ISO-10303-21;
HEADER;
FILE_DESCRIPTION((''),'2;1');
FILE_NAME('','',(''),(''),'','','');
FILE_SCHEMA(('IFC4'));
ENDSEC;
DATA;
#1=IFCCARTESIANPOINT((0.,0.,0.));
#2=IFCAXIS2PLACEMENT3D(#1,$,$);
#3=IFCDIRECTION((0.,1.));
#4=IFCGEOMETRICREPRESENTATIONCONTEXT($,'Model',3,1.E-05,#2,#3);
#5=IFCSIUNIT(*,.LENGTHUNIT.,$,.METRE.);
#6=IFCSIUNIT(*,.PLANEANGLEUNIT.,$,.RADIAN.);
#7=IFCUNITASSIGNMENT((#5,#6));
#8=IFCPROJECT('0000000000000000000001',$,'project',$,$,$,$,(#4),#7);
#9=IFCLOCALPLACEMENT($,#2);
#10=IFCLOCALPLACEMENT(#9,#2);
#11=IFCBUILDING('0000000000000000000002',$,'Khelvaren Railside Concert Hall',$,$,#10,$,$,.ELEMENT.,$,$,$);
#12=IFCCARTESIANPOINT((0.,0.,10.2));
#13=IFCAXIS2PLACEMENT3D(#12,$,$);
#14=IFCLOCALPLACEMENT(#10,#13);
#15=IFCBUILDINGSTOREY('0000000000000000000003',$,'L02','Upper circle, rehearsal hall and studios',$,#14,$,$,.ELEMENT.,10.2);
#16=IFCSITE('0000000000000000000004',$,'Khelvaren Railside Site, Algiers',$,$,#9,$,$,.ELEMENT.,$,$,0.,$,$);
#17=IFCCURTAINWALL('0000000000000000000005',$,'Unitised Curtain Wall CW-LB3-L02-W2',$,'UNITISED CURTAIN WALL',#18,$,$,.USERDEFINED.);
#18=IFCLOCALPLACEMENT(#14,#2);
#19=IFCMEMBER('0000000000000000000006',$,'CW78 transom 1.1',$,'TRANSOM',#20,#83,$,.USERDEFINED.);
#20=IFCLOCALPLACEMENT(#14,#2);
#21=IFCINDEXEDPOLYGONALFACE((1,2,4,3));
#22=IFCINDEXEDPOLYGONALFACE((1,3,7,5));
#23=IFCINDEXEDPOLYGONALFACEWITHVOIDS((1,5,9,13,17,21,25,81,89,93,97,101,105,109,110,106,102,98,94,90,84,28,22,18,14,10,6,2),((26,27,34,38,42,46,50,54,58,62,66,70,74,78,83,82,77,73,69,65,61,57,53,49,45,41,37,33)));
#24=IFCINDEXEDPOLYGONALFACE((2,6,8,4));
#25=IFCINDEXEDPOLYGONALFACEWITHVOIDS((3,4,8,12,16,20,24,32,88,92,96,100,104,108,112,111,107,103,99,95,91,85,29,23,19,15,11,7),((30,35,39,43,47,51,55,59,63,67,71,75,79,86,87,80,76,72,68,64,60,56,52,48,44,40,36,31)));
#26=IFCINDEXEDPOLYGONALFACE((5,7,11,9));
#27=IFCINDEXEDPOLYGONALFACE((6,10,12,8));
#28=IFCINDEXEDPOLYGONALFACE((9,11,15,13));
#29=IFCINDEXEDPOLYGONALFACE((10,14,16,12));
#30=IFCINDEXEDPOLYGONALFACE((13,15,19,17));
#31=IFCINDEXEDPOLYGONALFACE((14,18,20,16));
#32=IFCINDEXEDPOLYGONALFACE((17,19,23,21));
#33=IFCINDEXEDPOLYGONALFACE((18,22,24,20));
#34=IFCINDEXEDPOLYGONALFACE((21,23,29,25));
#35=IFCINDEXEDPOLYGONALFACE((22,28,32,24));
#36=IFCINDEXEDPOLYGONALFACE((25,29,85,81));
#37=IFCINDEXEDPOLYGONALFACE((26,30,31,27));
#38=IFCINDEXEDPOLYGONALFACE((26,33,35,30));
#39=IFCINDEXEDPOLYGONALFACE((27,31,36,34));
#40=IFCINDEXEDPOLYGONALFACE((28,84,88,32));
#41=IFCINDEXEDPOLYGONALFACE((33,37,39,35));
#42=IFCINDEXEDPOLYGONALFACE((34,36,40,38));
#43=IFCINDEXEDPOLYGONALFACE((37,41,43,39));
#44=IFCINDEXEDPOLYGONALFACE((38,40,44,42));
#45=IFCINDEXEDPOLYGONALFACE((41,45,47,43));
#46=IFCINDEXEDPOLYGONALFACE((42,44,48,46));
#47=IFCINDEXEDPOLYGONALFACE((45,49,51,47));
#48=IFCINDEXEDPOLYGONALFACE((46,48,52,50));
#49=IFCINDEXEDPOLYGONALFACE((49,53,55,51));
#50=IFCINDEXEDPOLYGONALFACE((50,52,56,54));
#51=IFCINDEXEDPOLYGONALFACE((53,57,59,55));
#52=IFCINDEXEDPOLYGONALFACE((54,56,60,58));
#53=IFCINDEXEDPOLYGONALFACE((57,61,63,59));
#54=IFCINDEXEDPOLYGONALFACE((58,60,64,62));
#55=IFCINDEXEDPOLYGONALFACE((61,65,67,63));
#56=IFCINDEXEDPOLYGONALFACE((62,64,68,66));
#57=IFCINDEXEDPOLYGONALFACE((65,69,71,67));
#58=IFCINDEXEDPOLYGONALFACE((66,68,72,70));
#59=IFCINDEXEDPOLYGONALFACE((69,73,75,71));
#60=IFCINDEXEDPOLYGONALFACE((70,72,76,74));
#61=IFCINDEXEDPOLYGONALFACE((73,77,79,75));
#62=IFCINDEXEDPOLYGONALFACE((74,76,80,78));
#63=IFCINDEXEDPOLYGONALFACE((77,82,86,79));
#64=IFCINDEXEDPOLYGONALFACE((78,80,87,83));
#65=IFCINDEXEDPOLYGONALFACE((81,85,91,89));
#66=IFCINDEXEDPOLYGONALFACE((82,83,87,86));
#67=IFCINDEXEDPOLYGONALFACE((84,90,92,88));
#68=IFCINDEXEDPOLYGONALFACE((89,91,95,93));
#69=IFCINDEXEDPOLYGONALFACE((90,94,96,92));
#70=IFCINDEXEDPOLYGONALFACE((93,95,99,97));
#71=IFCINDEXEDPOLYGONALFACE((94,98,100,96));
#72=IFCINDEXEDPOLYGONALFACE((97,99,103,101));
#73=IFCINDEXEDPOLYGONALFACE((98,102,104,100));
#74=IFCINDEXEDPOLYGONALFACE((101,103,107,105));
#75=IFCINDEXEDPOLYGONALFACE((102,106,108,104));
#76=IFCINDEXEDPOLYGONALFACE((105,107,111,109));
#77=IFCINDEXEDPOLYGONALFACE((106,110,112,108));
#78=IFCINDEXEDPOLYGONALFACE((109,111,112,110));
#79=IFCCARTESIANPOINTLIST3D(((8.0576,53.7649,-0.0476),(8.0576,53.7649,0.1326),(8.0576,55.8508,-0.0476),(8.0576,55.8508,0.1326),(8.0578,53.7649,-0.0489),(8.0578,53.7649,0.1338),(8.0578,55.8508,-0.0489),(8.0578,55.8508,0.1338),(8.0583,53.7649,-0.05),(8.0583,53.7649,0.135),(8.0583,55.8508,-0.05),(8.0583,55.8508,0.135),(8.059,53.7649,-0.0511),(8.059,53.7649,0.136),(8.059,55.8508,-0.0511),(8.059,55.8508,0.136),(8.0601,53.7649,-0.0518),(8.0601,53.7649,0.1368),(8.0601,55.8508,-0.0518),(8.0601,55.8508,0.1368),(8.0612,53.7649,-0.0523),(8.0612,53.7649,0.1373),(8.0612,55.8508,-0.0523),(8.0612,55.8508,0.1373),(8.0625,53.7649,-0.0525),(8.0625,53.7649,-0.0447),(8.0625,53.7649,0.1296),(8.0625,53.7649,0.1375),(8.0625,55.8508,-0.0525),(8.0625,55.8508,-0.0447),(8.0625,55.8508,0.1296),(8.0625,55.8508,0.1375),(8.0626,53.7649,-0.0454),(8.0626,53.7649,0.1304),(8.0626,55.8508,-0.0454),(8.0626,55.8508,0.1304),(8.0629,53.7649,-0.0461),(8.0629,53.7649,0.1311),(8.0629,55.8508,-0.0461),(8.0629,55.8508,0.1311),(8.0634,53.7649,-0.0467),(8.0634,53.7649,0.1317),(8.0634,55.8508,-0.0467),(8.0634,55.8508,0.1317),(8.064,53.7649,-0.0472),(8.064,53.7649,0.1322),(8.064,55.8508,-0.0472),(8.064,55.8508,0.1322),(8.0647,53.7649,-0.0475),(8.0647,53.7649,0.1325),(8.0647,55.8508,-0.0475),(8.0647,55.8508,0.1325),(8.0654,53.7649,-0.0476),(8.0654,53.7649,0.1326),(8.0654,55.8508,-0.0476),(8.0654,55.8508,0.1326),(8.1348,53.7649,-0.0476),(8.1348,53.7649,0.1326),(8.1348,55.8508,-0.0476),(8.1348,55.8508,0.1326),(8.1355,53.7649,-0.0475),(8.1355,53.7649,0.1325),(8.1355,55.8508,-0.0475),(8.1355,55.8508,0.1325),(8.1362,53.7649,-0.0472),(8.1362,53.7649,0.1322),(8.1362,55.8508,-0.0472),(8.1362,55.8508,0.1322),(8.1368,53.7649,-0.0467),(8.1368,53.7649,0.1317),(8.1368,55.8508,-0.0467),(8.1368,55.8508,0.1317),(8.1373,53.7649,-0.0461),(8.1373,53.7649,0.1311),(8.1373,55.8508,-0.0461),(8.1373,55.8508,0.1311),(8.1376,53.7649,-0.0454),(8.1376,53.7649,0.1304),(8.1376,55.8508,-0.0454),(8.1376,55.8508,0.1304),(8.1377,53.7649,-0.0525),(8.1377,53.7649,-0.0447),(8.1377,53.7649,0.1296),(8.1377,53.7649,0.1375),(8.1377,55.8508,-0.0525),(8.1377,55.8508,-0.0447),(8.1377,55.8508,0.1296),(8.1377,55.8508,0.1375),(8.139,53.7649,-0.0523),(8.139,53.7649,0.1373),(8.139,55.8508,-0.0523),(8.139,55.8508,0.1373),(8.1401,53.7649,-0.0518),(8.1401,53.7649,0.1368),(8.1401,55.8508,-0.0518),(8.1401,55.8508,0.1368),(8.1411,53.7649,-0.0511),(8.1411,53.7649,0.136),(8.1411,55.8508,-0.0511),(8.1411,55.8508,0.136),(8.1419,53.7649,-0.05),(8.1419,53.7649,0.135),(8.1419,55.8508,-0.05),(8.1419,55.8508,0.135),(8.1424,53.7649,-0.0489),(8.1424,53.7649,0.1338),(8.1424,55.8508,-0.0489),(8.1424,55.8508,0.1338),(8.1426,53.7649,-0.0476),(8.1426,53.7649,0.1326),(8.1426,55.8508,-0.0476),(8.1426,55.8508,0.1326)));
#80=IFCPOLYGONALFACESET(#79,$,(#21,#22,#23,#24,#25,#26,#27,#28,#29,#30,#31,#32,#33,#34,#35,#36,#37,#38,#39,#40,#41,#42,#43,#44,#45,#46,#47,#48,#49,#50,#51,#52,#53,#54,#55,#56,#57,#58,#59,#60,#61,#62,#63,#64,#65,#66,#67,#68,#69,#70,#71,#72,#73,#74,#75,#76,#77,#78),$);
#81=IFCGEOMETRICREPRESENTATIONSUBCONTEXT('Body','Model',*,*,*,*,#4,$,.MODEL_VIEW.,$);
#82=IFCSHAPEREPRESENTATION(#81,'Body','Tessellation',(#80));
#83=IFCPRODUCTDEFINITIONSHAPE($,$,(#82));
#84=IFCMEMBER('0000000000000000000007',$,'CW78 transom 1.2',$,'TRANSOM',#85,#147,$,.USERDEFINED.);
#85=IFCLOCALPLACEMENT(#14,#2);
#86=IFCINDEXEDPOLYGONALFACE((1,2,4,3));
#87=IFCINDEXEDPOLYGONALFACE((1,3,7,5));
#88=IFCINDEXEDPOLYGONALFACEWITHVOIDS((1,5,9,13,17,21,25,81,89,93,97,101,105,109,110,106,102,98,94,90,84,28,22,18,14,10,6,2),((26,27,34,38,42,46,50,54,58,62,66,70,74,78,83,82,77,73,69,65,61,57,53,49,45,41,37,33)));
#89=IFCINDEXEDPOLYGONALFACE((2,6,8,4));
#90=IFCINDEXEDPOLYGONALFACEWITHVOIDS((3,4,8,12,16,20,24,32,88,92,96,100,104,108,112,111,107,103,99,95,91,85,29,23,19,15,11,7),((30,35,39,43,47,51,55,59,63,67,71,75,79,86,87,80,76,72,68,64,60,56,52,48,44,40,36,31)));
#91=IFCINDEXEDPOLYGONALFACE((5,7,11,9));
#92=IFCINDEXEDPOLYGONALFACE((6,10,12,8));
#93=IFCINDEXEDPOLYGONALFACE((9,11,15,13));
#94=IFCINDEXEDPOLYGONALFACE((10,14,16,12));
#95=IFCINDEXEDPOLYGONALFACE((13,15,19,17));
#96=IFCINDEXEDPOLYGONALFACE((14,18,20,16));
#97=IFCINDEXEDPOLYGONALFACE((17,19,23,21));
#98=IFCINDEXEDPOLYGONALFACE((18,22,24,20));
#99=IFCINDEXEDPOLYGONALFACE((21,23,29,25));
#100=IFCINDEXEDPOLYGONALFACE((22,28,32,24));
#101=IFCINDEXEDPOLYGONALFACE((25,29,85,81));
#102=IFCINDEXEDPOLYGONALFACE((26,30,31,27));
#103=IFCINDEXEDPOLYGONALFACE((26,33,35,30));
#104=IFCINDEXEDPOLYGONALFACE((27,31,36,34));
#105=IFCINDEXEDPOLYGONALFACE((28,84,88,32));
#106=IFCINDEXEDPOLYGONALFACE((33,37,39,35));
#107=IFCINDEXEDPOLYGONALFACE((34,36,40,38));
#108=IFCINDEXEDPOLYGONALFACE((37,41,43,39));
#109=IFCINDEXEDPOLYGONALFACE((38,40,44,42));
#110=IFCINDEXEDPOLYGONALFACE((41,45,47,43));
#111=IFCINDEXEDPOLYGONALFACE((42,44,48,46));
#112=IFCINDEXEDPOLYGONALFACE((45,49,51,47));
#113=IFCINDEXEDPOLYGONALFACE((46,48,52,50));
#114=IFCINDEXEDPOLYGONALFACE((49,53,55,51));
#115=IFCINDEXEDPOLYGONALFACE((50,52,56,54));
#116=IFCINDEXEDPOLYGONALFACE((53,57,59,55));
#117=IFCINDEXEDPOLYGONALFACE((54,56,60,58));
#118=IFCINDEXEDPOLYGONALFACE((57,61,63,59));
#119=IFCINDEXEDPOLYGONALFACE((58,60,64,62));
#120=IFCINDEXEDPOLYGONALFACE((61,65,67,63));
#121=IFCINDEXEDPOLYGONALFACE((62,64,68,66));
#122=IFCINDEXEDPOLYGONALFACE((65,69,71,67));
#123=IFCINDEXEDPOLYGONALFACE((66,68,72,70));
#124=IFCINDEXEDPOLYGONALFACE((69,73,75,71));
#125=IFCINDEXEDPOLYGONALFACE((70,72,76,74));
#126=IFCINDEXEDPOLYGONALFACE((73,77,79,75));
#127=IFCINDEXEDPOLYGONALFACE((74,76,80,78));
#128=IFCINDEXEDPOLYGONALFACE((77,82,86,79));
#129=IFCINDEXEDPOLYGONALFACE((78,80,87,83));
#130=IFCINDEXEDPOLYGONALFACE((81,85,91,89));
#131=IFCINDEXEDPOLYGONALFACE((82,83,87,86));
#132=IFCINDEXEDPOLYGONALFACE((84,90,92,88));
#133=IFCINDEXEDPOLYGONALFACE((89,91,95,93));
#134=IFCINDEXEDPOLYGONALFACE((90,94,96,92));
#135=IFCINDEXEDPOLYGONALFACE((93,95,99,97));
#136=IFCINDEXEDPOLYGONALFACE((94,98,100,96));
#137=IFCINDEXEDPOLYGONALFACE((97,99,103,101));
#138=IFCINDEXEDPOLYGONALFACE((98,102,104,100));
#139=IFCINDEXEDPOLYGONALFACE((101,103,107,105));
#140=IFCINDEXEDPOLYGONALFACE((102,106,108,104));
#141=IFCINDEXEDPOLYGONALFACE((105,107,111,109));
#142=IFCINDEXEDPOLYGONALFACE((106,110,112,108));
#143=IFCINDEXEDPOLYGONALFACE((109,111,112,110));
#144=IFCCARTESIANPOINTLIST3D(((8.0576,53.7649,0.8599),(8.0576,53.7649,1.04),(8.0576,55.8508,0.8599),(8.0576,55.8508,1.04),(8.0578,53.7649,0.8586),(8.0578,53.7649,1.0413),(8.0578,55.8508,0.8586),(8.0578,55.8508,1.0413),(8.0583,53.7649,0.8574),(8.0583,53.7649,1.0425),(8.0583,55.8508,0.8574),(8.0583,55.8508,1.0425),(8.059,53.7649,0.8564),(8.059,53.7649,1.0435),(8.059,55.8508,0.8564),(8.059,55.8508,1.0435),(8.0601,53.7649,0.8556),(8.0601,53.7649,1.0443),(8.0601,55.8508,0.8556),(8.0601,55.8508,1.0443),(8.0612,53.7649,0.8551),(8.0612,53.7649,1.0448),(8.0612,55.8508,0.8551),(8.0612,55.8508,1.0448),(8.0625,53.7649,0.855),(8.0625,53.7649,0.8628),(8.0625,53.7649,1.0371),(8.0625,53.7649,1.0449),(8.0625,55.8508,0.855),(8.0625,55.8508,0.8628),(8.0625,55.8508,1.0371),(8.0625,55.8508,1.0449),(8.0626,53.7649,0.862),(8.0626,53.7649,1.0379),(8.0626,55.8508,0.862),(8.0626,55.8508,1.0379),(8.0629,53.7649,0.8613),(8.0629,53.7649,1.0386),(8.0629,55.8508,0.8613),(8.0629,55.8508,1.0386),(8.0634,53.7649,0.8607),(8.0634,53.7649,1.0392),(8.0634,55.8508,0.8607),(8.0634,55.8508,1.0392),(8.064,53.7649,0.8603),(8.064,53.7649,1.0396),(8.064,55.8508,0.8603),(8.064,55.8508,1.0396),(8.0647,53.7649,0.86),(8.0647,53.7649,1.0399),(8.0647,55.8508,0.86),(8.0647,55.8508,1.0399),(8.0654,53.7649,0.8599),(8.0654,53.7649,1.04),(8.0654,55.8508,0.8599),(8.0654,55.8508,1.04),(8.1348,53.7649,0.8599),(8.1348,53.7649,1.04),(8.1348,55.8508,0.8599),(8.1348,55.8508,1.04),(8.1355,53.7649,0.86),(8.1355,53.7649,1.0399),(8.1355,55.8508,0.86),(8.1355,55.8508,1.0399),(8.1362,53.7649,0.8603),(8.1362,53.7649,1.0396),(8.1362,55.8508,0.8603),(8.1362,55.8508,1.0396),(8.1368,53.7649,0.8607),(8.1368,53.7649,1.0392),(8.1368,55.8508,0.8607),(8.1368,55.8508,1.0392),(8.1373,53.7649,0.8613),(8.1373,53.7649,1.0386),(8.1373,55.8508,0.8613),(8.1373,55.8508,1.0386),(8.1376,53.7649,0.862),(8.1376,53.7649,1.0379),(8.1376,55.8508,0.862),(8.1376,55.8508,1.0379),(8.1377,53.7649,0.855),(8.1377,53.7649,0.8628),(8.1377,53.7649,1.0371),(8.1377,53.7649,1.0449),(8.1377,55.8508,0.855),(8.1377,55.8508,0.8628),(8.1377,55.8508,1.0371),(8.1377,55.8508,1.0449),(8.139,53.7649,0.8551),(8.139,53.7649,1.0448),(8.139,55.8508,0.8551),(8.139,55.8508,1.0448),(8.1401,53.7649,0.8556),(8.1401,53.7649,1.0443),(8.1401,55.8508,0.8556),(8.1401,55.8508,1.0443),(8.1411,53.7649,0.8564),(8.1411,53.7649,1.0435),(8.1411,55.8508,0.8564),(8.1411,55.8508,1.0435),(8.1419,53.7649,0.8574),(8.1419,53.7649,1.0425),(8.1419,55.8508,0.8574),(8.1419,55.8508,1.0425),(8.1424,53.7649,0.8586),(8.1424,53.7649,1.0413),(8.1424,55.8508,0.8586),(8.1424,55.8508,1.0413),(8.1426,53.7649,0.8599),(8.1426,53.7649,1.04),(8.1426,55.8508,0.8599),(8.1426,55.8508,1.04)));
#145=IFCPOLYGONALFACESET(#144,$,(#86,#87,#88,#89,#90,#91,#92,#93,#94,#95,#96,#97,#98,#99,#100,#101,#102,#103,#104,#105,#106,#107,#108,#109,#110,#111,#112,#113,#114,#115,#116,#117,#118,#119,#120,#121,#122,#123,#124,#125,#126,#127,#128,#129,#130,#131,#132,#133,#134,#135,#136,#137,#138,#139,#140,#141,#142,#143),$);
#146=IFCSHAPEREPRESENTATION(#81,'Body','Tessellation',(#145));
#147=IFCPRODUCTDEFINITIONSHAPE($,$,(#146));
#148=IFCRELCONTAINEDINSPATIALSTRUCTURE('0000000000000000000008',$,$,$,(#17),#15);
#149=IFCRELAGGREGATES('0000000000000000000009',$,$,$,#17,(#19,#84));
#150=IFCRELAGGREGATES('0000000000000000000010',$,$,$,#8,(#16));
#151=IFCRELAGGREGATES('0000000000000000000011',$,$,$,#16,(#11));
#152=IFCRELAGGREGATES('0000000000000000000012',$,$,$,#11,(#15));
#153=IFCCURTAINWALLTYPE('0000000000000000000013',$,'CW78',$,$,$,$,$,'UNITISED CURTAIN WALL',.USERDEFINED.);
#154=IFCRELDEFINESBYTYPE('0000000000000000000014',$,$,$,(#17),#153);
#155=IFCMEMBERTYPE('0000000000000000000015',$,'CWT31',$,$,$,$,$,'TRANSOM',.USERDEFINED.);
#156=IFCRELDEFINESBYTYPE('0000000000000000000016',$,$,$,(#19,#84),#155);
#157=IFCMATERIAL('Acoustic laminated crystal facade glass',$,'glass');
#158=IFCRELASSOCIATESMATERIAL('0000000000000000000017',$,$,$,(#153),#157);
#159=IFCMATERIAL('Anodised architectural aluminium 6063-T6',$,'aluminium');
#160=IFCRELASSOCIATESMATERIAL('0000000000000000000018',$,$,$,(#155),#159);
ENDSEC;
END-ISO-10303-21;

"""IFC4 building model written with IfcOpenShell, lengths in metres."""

from ifc_helpers import new_model, si_unit, direction, frame, origin, origin_2d, place, context, subcontext, project, spatial, hollow_rectangle, extrude, material, material_profile, profile_set, type_object, element, aggregate, save


model = new_model("IFC4")

# Units and contexts
model_context = context("Model", 3, precision=1e-05, world=origin(), true_north=direction((0.0, 1.0)))
body_context = subcontext(model_context, "Body", "Model", "MODEL_VIEW")
ifc_project = project(units=[si_unit("LENGTHUNIT", "METRE"), si_unit("PLANEANGLEUNIT", "RADIAN")], contexts=[model_context])

# Site, building, storey
site_placement = place(None, origin())
site = spatial("IfcSite", under=ifc_project, at=site_placement, Name="Khelvaren Railside Site, Algiers", CompositionType="ELEMENT", RefElevation=0.0)
building_placement = place(site_placement, origin())
building = spatial("IfcBuilding", under=site, at=building_placement, Name="Khelvaren Railside Concert Hall", CompositionType="ELEMENT")
storey_placement = place(building_placement, frame((0.0, 0.0, 10.2)))
storey = spatial("IfcBuildingStorey", under=building, at=storey_placement, Name="L02", Description="Upper circle, rehearsal hall and studios", CompositionType="ELEMENT", Elevation=10.2)

# Curtain wall
ifc_material_1 = material(Name="Acoustic laminated crystal facade glass", Category="glass")
curtain_wall_type = type_object("IfcCurtainWallType", Name="CW78", ElementType="UNITISED CURTAIN WALL", PredefinedType="USERDEFINED", material=ifc_material_1)
ifc_material_2 = material(Name="Anodised architectural aluminium 6063-T6", Category="aluminium")
curtain_wall_1_placement = place(storey_placement, origin())
curtain_wall_1 = element("IfcCurtainWall", 1, at=curtain_wall_1_placement, inside=storey, type_object=curtain_wall_type, Name="Unitised Curtain Wall CW-LB3-L02-W2", ObjectType="UNITISED CURTAIN WALL", PredefinedType="USERDEFINED")

# Members
ifc_material_profile_1 = material_profile(ifc_material_2, hollow_rectangle(XDim=0.085, YDim=0.1899, WallThickness=0.0049, InnerFilletRadius=0.0029, OuterFilletRadius=0.0049, at=origin_2d()), Name="CWT 85x190x5")
ifc_profile_set_1 = profile_set([ifc_material_profile_1], Name="Anodised architectural aluminium 6063-T6")
member_type_1 = type_object("IfcMemberType", Name="CWT31", ElementType="TRANSOM", PredefinedType="USERDEFINED", material=ifc_profile_set_1)
member_1_placement = place(storey_placement, frame((8.1001, 53.7649, 0.0425), z_axis=(0.0, 1.0, 0.0), x_axis=(-1.0, 0.0, 0.0)))
member_1 = element("IfcMember", 2, at=member_1_placement, type_object=member_type_1, Name="CW78 transom 1.1", ObjectType="TRANSOM", PredefinedType="USERDEFINED", context=body_context, shape_type="SweptSolid", body=[
    extrude(hollow_rectangle(XDim=0.085, YDim=0.1899, WallThickness=0.0049, InnerFilletRadius=0.0029, OuterFilletRadius=0.0049, at=origin_2d()), origin(), (0.0, 0.0, 1.0), 2.0859),
])
member_2_placement = place(storey_placement, frame((8.1001, 53.7649, 0.95), z_axis=(0.0, 1.0, 0.0), x_axis=(-1.0, 0.0, 0.0)))
member_2 = element("IfcMember", 3, at=member_2_placement, type_object=member_type_1, Name="CW78 transom 1.2", ObjectType="TRANSOM", PredefinedType="USERDEFINED", context=body_context, shape_type="SweptSolid", body=[
    extrude(hollow_rectangle(XDim=0.085, YDim=0.1899, WallThickness=0.0049, InnerFilletRadius=0.0029, OuterFilletRadius=0.0049, at=origin_2d()), origin(), (0.0, 0.0, 1.0), 2.0859),
])

aggregate(curtain_wall_1, [member_1, member_2])

save(model, "model.ifc")
